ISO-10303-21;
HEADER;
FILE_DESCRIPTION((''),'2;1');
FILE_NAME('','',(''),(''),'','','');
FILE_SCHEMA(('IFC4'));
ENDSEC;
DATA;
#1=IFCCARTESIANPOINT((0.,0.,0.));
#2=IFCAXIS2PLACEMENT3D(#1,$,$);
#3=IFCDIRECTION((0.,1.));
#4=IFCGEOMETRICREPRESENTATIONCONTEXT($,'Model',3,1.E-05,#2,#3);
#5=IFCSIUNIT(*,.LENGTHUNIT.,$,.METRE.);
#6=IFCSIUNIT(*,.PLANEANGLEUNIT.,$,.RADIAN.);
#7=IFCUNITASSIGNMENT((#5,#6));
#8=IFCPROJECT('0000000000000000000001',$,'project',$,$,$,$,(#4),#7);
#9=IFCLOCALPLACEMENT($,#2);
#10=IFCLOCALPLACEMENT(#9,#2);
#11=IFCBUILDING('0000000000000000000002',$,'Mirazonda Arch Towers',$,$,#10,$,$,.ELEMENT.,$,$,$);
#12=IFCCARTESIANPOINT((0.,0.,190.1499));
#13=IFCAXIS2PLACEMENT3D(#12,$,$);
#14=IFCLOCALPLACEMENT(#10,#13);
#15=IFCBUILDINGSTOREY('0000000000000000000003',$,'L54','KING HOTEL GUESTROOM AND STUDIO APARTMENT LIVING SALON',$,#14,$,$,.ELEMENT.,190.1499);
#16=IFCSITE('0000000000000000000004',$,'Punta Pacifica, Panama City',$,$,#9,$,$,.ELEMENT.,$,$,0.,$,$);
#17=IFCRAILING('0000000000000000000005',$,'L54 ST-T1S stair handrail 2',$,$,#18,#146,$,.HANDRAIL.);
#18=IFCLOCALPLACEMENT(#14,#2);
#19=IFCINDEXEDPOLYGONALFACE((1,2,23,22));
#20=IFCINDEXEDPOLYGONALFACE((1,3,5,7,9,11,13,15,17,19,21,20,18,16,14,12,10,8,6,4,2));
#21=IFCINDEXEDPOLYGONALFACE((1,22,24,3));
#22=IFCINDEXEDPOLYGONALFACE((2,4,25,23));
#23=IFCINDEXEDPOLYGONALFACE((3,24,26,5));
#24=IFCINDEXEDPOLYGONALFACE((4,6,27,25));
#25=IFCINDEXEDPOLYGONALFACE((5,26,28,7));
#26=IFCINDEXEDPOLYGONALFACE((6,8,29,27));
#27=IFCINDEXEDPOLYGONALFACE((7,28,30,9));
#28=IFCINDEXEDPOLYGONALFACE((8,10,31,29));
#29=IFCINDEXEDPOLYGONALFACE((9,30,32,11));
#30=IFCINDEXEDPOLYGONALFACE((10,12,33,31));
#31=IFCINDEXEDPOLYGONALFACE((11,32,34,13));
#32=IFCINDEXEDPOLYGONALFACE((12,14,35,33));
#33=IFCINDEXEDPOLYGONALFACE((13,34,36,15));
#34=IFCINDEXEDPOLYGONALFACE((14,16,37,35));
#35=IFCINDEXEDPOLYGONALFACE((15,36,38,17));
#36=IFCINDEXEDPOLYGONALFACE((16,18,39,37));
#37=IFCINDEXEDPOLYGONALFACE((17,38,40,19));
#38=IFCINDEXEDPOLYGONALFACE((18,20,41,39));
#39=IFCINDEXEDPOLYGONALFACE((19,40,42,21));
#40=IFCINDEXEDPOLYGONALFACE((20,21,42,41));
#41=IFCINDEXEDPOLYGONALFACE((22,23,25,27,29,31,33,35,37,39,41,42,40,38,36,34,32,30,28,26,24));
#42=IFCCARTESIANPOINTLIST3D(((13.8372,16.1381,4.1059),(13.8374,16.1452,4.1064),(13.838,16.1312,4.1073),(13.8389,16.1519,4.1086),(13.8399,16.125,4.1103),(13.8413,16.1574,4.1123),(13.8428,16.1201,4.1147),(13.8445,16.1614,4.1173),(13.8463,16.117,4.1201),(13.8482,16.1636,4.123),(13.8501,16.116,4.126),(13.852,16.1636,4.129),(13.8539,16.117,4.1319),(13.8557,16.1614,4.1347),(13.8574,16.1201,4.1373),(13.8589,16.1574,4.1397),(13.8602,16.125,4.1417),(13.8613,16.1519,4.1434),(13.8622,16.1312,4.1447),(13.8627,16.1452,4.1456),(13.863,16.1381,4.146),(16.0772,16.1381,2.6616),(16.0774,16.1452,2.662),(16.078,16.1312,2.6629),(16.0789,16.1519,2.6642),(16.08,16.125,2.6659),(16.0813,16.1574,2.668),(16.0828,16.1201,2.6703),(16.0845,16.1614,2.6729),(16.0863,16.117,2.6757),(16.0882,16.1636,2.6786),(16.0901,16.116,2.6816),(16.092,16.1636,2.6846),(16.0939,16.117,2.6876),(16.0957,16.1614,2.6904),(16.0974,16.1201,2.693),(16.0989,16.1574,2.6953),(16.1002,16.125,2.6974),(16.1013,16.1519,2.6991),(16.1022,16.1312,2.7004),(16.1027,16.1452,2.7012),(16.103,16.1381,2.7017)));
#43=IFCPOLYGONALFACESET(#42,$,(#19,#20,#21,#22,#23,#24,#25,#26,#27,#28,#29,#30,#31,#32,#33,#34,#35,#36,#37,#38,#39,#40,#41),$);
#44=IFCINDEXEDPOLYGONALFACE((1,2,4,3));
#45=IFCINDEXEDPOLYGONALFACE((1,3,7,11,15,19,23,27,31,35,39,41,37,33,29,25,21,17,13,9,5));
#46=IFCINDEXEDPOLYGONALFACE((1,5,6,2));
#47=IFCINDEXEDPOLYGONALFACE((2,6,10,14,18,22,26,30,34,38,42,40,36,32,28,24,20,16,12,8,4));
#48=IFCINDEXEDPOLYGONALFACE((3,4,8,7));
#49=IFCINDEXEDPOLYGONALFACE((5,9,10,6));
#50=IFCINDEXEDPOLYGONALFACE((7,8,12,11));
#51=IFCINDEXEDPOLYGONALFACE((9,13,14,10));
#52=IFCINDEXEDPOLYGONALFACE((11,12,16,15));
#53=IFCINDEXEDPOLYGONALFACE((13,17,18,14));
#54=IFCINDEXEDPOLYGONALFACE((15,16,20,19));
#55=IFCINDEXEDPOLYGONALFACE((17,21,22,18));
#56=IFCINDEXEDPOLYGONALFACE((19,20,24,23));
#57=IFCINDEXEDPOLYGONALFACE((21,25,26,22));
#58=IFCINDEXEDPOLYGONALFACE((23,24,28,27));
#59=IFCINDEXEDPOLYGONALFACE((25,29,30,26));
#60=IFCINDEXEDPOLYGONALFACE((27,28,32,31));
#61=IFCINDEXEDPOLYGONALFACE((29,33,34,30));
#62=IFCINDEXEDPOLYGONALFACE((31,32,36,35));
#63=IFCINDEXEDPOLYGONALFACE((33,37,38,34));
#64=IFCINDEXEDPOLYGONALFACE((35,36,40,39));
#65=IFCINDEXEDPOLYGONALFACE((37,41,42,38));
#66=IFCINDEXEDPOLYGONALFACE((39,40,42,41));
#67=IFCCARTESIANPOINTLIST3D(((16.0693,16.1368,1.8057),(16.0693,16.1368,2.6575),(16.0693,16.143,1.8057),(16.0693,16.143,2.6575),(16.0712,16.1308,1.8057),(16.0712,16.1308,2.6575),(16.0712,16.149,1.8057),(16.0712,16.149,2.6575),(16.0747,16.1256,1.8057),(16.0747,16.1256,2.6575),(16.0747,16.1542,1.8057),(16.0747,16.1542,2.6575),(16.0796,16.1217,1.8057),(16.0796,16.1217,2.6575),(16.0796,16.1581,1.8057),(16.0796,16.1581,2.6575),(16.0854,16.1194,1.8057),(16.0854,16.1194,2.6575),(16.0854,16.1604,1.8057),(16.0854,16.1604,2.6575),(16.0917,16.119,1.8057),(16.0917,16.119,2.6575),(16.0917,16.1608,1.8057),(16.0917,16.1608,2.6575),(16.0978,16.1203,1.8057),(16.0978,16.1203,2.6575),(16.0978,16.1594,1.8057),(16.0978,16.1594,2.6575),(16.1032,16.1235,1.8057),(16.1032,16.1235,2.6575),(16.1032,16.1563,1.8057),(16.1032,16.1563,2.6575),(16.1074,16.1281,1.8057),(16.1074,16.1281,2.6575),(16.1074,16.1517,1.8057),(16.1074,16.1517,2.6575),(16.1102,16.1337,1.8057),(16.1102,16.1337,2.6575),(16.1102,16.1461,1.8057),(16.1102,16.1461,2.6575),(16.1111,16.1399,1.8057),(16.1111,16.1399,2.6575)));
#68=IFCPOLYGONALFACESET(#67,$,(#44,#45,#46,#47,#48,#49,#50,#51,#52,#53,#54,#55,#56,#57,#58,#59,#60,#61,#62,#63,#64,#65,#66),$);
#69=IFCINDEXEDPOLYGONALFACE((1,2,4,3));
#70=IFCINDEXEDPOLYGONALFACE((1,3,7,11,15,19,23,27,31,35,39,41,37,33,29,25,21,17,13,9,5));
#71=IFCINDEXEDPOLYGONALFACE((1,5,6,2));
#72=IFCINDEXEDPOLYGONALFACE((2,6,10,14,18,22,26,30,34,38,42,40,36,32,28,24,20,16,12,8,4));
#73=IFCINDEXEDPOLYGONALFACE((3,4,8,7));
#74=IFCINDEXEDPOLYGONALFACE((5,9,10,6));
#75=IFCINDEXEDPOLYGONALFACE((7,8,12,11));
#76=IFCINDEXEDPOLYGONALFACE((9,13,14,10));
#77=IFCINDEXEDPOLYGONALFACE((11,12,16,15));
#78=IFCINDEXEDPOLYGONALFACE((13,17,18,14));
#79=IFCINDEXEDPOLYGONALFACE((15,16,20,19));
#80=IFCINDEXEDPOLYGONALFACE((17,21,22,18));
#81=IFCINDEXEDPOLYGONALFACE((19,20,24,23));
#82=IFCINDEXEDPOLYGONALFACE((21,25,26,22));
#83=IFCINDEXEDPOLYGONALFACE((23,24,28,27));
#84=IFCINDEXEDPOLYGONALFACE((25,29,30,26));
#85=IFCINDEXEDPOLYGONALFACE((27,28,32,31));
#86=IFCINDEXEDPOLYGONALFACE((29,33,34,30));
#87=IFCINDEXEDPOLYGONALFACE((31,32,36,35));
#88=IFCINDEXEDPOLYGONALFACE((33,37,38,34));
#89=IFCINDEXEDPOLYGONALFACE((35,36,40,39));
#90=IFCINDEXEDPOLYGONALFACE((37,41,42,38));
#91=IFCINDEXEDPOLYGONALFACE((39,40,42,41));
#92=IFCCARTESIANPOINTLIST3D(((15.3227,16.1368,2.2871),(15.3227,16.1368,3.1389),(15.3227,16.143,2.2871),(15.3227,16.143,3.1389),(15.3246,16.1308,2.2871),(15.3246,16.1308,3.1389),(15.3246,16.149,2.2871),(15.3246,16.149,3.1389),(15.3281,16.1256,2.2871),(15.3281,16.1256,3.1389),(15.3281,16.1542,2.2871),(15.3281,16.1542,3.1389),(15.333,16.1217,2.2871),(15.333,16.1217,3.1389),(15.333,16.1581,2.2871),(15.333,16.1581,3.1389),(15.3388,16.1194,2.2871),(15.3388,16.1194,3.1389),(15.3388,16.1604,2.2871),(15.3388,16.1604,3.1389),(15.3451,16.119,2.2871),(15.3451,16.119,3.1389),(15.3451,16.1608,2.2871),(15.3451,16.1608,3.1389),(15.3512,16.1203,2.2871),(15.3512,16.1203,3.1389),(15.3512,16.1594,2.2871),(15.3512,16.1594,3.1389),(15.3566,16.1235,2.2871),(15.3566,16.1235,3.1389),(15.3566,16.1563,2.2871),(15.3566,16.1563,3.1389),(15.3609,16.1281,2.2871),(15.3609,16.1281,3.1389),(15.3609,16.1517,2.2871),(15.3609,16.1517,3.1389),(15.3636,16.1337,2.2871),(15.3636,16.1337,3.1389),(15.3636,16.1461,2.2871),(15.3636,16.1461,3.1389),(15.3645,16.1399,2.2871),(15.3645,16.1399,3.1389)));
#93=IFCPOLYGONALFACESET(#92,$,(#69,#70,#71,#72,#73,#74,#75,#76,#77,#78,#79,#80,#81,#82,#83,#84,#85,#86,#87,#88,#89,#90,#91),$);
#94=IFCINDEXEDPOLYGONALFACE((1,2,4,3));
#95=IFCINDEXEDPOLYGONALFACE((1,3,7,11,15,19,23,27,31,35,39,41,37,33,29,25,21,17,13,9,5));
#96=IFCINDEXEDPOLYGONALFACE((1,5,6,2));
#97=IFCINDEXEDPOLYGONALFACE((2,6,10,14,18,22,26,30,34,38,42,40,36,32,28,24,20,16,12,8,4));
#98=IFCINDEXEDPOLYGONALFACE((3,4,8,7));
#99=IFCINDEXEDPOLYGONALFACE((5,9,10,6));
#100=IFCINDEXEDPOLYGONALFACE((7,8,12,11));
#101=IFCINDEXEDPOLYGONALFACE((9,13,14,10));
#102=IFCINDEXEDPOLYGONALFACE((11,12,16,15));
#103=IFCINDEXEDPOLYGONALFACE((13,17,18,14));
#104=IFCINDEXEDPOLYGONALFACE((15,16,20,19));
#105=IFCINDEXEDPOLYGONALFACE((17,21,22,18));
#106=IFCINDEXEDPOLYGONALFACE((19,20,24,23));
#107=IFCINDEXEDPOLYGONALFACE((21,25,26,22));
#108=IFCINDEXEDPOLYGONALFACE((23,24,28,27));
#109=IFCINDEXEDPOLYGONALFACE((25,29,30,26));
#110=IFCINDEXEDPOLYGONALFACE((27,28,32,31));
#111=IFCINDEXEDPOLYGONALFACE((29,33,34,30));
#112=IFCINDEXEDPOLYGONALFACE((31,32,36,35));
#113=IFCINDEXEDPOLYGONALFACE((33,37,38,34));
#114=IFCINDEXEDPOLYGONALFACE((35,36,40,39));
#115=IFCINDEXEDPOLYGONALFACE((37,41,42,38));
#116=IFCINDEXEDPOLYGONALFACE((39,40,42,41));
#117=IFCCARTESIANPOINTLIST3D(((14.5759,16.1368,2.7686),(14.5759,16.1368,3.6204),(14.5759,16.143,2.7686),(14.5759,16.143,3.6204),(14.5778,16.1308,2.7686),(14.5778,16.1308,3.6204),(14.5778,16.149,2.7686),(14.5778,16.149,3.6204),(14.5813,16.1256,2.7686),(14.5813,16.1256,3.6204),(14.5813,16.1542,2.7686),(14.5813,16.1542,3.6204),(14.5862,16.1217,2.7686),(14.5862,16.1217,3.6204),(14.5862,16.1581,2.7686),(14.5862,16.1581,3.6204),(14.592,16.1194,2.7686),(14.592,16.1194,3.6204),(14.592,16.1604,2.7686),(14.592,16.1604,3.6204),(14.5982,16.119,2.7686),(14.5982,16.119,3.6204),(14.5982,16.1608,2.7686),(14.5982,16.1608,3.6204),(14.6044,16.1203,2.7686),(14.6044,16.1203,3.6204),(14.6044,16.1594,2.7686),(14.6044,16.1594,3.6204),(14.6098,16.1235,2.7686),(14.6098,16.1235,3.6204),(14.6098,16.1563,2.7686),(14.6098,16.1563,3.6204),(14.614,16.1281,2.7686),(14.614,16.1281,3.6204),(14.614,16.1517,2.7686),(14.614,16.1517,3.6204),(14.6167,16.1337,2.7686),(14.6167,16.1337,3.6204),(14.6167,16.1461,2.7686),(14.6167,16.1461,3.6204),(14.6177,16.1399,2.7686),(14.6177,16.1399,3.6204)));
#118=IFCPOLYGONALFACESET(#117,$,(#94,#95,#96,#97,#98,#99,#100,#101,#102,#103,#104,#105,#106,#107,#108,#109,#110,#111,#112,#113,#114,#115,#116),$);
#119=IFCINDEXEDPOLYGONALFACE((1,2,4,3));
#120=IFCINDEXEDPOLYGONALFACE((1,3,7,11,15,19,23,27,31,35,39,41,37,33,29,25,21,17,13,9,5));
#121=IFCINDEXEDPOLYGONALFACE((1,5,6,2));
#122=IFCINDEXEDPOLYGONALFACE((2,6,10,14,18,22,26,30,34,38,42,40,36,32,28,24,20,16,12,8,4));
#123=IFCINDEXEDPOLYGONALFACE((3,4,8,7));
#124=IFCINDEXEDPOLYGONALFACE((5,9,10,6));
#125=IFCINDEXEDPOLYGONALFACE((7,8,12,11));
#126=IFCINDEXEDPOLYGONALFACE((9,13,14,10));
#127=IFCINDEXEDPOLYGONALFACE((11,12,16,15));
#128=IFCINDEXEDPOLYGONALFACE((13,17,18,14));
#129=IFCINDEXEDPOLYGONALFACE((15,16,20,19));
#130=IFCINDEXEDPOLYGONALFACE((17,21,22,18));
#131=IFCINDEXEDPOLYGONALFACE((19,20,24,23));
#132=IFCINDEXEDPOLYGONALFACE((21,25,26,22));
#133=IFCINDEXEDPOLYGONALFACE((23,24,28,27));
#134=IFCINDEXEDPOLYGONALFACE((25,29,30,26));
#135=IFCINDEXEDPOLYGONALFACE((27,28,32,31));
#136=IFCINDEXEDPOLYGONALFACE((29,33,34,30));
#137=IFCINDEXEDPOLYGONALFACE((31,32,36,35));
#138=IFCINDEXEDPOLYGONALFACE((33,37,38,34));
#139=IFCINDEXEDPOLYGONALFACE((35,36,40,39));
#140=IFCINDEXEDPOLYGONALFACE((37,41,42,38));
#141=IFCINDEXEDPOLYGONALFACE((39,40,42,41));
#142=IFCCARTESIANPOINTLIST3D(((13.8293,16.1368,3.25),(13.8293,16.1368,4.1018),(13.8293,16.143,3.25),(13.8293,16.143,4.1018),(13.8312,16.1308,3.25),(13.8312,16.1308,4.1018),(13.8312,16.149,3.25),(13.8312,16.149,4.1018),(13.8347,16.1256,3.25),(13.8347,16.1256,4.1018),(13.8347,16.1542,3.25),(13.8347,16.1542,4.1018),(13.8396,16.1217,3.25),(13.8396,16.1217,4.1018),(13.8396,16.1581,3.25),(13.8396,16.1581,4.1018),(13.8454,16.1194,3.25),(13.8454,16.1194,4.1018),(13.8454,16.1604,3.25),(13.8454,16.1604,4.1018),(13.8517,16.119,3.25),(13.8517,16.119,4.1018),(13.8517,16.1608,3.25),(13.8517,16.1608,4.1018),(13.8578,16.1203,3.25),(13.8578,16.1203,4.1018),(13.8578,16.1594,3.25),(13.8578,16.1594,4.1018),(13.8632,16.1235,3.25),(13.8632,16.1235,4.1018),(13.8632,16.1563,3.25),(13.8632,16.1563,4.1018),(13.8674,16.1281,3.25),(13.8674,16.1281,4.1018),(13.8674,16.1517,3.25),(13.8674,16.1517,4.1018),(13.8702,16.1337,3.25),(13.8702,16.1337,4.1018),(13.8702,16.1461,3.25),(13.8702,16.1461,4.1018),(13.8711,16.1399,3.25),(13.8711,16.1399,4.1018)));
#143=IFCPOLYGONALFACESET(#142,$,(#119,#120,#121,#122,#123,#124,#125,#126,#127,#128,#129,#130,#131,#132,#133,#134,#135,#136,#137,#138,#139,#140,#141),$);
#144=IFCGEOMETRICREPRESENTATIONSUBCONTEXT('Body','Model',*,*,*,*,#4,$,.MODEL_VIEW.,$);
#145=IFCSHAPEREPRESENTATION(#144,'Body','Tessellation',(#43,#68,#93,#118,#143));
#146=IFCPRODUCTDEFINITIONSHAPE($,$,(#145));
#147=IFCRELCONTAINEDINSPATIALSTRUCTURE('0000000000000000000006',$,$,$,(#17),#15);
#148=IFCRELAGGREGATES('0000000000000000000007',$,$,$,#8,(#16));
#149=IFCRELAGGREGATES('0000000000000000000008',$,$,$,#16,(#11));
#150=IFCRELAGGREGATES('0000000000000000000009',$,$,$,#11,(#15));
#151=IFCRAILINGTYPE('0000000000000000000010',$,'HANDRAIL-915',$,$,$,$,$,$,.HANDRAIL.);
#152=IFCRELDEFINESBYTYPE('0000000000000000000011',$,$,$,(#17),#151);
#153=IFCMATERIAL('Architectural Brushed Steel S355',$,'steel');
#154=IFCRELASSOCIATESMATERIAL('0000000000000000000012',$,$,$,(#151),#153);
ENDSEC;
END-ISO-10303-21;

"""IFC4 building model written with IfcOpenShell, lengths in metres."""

from ifc_helpers import new_model, si_unit, direction, frame, origin, origin_2d, place, context, subcontext, project, spatial, circle, extrude, material, type_object, element, save


model = new_model("IFC4")

# Units and contexts
model_context = context("Model", 3, precision=1e-05, world=origin(), true_north=direction((0.0, 1.0)))
body_context = subcontext(model_context, "Body", "Model", "MODEL_VIEW")
ifc_project = project(units=[si_unit("LENGTHUNIT", "METRE"), si_unit("PLANEANGLEUNIT", "RADIAN")], contexts=[model_context])

# Site, building, storey
site_placement = place(None, origin())
site = spatial("IfcSite", under=ifc_project, at=site_placement, Name="Punta Pacifica, Panama City", CompositionType="ELEMENT", RefElevation=0.0)
building_placement = place(site_placement, origin())
building = spatial("IfcBuilding", under=site, at=building_placement, Name="Mirazonda Arch Towers", CompositionType="ELEMENT")
storey_placement = place(building_placement, frame((0.0, 0.0, 190.1499)))
storey = spatial("IfcBuildingStorey", under=building, at=storey_placement, Name="L54", Description="KING HOTEL GUESTROOM AND STUDIO APARTMENT LIVING SALON", CompositionType="ELEMENT", Elevation=190.1499)

# Shared definitions
ifc_material_1 = material(Name="Architectural Brushed Steel S355", Category="steel")

# Railing
railing_type_1 = type_object("IfcRailingType", Name="HANDRAIL-915", PredefinedType="HANDRAIL", material=ifc_material_1)
railing_1_placement = place(storey_placement, frame((16.0901, 16.1399, 1.8057)))
element("IfcRailing", 1, at=railing_1_placement, inside=storey, type_object=railing_type_1, Name="L54 ST-T1S stair handrail 2", PredefinedType="HANDRAIL", context=body_context, shape_type="SweptSolid", body=[
    extrude(circle(Radius=0.0239, at=origin_2d()), frame((0.0, 0.0, 0.876), z_axis=(-0.840437, 0.0, 0.54191), x_axis=(0.0, -1.0, 0.0)), (0.0, 0.0, 1.0), 2.6653),
    extrude(circle(Radius=0.021, at=origin_2d()), origin(), (0.0, 0.0, 1.0), 0.8518),
    extrude(circle(Radius=0.021, at=origin_2d()), frame((-0.7466, 0.0, 0.4814)), (0.0, 0.0, 1.0), 0.8518),
    extrude(circle(Radius=0.021, at=origin_2d()), frame((-1.4934, 0.0, 0.9629)), (0.0, 0.0, 1.0), 0.8518),
    extrude(circle(Radius=0.021, at=origin_2d()), frame((-2.24, 0.0, 1.4443)), (0.0, 0.0, 1.0), 0.8518),
])

save(model, "model.ifc")
